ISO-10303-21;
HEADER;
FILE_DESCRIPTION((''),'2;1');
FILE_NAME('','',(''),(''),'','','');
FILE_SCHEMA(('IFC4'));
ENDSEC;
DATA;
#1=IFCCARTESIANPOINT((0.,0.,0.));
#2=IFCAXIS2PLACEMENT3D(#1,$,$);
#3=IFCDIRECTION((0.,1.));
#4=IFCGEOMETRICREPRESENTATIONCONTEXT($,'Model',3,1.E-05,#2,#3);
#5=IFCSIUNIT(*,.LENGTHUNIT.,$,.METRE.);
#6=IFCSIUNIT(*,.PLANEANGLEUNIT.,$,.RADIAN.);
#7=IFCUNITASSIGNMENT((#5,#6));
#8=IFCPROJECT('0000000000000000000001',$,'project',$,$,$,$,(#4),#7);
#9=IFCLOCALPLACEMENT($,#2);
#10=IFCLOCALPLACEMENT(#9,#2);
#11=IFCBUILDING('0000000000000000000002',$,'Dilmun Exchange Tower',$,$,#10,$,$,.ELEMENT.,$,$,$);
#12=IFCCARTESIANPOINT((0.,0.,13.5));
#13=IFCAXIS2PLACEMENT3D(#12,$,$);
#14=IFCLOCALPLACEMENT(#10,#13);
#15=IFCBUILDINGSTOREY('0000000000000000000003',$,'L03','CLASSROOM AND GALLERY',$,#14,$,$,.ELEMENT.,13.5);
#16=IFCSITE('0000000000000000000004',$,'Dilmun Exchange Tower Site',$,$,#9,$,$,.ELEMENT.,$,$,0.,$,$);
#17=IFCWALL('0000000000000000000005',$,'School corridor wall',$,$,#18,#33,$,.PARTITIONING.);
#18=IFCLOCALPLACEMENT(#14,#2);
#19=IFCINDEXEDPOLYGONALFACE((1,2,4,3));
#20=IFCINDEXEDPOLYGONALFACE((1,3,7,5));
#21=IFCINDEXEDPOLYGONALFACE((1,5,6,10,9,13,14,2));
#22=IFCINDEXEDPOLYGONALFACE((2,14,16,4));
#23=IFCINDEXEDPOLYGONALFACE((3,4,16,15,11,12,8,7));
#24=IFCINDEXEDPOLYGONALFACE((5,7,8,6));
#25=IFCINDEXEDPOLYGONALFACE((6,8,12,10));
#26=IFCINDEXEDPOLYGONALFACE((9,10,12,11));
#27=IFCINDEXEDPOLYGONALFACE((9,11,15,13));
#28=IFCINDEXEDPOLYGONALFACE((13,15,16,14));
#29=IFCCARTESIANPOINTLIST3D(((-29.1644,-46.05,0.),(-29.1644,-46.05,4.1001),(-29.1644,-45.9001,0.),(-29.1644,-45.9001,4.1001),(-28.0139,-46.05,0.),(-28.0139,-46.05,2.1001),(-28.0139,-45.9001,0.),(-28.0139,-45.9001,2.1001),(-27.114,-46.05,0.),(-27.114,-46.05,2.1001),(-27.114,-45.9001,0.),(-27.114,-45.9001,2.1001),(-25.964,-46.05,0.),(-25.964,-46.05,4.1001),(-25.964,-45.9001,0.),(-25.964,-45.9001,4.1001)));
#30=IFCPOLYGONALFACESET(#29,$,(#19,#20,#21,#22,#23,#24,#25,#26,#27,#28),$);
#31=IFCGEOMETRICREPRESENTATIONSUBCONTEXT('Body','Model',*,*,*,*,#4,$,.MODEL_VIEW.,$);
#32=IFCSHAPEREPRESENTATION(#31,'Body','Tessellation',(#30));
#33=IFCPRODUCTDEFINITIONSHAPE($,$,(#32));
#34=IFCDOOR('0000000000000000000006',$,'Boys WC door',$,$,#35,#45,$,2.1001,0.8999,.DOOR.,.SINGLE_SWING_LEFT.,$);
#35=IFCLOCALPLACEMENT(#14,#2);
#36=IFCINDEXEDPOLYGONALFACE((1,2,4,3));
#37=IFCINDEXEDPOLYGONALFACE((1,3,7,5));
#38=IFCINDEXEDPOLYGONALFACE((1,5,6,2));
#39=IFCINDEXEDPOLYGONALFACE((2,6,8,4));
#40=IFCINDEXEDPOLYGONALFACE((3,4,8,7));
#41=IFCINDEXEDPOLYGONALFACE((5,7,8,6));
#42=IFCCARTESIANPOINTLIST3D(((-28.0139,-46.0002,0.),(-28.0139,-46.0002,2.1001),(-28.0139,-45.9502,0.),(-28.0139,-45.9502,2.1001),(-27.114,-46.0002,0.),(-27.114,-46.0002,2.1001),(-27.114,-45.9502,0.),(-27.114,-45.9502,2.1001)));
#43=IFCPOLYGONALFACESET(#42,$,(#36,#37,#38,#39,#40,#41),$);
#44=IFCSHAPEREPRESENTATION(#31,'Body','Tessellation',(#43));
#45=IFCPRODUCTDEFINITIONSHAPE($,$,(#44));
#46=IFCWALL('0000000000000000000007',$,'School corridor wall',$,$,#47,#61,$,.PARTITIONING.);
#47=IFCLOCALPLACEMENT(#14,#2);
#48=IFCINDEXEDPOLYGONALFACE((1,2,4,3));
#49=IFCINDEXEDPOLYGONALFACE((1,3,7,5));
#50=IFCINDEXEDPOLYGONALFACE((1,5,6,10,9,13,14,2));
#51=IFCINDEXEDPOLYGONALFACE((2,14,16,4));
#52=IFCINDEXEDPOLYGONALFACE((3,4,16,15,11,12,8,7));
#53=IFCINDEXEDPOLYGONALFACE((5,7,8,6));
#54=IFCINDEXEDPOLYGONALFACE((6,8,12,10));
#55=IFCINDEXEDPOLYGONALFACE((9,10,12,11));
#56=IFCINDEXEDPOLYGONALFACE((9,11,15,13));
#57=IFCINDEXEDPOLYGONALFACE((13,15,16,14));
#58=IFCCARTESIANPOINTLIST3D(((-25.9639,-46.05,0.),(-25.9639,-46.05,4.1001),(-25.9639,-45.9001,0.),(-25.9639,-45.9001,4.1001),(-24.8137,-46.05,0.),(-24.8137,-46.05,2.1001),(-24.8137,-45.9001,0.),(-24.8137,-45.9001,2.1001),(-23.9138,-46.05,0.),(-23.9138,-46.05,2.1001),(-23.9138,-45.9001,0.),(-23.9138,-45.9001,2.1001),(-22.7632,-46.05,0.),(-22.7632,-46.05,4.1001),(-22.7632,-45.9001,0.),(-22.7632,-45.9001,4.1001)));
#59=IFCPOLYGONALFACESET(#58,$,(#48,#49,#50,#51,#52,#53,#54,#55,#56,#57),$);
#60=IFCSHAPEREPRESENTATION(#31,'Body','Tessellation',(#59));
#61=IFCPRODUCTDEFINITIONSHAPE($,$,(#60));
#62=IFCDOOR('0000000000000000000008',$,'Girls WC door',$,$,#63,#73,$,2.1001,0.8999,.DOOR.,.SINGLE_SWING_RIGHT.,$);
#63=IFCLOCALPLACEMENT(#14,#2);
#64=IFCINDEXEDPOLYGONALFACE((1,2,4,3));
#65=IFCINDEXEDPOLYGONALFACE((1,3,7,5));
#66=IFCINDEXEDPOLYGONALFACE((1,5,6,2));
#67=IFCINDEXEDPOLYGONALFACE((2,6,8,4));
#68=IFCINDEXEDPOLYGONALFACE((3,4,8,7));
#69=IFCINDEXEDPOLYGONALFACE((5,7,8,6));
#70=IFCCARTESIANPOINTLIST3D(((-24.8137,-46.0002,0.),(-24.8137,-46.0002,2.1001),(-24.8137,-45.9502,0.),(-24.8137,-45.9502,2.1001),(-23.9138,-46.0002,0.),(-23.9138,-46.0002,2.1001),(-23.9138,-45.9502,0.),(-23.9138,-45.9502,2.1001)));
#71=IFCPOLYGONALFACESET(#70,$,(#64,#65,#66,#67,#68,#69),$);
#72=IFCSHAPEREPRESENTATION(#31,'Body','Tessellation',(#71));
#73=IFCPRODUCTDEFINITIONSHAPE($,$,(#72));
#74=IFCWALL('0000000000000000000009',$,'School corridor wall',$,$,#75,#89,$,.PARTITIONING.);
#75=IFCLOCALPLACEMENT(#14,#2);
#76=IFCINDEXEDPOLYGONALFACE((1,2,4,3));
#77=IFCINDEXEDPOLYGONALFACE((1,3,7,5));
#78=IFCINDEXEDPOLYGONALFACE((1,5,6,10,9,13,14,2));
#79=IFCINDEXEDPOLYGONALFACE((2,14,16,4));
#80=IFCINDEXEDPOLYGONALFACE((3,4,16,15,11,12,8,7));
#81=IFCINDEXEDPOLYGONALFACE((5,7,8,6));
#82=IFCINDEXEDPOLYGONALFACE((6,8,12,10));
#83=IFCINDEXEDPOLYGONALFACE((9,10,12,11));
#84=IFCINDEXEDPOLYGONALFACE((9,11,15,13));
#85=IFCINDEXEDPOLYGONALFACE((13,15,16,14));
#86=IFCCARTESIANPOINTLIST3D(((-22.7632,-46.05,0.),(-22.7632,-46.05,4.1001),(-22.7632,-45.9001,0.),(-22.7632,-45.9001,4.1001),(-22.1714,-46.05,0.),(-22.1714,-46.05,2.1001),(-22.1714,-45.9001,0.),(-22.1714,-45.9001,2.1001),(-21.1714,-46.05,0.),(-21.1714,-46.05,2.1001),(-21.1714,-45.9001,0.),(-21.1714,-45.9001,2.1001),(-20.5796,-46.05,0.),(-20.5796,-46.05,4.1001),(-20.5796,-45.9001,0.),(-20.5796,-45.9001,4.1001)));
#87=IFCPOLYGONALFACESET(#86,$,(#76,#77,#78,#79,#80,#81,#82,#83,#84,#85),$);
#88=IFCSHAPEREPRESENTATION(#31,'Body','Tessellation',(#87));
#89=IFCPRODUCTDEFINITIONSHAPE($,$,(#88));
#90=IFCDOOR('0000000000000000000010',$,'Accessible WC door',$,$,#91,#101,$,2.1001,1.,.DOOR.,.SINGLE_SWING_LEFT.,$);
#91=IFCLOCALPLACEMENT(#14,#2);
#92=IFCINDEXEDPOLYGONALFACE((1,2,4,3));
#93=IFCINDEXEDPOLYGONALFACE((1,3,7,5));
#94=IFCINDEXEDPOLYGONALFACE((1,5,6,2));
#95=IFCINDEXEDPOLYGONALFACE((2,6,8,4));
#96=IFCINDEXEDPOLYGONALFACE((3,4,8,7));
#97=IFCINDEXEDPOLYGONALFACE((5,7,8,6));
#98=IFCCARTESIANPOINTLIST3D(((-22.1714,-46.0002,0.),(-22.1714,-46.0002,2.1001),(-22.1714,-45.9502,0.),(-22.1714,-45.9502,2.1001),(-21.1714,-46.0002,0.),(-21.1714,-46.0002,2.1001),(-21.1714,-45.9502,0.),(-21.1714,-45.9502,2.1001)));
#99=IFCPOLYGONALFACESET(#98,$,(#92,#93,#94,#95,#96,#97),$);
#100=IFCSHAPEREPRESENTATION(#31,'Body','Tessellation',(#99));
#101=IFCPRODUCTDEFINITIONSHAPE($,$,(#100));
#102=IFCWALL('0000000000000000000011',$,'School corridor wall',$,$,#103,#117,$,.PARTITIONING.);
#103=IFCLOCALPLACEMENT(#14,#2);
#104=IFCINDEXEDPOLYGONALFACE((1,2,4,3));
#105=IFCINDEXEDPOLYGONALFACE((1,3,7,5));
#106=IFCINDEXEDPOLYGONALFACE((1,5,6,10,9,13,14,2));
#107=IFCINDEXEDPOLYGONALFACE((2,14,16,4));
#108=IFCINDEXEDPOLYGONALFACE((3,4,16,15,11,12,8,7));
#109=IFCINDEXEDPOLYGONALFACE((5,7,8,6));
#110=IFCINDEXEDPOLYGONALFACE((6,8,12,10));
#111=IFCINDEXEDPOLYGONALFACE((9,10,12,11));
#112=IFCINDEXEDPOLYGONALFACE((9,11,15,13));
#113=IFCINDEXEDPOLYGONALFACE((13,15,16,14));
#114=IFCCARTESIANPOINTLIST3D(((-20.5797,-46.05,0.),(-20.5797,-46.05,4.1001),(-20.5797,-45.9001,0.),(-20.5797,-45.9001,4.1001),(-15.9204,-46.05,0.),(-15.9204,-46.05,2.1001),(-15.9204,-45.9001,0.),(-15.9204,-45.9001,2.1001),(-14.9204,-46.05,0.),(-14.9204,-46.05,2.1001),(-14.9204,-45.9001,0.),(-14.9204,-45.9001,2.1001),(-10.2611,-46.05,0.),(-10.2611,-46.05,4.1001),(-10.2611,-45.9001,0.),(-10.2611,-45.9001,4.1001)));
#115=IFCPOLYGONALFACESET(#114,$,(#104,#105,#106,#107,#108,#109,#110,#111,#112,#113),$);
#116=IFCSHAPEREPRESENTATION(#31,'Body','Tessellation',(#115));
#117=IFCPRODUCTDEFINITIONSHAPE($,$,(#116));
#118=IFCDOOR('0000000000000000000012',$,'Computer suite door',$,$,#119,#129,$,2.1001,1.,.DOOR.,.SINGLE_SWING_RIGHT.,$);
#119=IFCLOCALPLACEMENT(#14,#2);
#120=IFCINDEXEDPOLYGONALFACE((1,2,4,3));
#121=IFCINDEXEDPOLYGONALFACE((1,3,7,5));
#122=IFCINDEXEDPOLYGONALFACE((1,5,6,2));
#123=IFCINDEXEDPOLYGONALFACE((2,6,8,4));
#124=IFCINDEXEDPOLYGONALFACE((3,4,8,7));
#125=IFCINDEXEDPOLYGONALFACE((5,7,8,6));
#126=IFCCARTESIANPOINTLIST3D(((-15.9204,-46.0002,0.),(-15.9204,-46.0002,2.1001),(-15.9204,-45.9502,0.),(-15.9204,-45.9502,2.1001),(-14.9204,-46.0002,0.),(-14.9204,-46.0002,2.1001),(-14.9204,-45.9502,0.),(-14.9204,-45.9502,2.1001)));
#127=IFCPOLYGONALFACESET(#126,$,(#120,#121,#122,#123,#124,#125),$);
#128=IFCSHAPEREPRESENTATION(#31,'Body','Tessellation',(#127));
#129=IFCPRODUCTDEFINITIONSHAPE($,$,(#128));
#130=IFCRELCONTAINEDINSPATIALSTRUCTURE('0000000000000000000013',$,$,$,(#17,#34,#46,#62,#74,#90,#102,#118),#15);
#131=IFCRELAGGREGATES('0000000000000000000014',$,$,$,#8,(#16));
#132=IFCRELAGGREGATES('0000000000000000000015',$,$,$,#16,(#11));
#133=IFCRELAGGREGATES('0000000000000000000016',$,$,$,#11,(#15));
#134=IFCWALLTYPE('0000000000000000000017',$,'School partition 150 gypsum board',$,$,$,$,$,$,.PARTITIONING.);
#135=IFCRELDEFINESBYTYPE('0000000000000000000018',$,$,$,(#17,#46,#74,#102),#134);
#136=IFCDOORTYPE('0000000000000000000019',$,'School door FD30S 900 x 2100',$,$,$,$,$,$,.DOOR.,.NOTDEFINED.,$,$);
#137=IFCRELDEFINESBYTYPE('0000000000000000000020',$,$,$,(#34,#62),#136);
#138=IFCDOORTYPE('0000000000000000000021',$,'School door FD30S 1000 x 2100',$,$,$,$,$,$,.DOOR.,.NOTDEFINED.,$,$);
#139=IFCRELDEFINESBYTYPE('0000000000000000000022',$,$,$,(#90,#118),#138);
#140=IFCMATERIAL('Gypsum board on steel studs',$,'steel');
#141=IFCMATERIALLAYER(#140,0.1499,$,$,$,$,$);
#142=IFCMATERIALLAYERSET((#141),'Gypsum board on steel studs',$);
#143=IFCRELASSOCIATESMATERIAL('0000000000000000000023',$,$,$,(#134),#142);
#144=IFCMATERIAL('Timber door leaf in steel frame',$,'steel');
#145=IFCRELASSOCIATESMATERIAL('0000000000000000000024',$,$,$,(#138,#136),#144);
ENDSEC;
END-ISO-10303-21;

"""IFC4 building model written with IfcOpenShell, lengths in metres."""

from ifc_helpers import new_model, si_unit, direction, frame, frame_2d, origin, place, context, subcontext, project, spatial, rectangle, extrude, material, layer, layer_set, type_object, element, fill, save


model = new_model("IFC4")

# Units and contexts
model_context = context("Model", 3, precision=1e-05, world=origin(), true_north=direction((0.0, 1.0)))
body_context = subcontext(model_context, "Body", "Model", "MODEL_VIEW")
ifc_project = project(units=[si_unit("LENGTHUNIT", "METRE"), si_unit("PLANEANGLEUNIT", "RADIAN")], contexts=[model_context])

# Site, building, storey
site_placement = place(None, origin())
site = spatial("IfcSite", under=ifc_project, at=site_placement, Name="Dilmun Exchange Tower Site", CompositionType="ELEMENT", RefElevation=0.0)
building_placement = place(site_placement, origin())
building = spatial("IfcBuilding", under=site, at=building_placement, Name="Dilmun Exchange Tower", CompositionType="ELEMENT")
storey_placement = place(building_placement, frame((0.0, 0.0, 13.5)))
storey = spatial("IfcBuildingStorey", under=building, at=storey_placement, Name="L03", Description="CLASSROOM AND GALLERY", CompositionType="ELEMENT", Elevation=13.5)

# Shared definitions
ifc_material_1 = material(Name="Gypsum board on steel studs", Category="steel")
ifc_layer = layer(ifc_material_1, 0.1499)
ifc_layer_set = layer_set([ifc_layer], Name="Gypsum board on steel studs")
wall_type = type_object("IfcWallType", Name="School partition 150 gypsum board", PredefinedType="PARTITIONING", material=ifc_layer_set)

# Walls, openings, doors
ifc_material_2 = material(Name="Timber door leaf in steel frame", Category="steel")
door_type_1 = type_object("IfcDoorType", Name="School door FD30S 1000 x 2100", OperationType="NOTDEFINED", PredefinedType="DOOR", material=ifc_material_2)
wall_1_placement = place(storey_placement, frame((-29.1643, -45.9751, 0.0), z_axis=(0.0, 0.0, 1.0), x_axis=(1.0, 0.0, 0.0)))
wall_1 = element("IfcWall", 1, at=wall_1_placement, inside=storey, type_object=wall_type, Name="School corridor wall", PredefinedType="PARTITIONING", context=body_context, shape_type="SweptSolid", body=[
    extrude(rectangle(XDim=3.2004, YDim=0.1499, at=frame_2d((1.6001, 0.0))), origin(), (0.0, 0.0, 1.0), 4.1001),
])
opening_1_placement = place(wall_1_placement, frame((1.1504, 0.0, 0.0)))
opening_1 = element("IfcOpeningElement", 2, at=opening_1_placement, cuts=wall_1, PredefinedType="OPENING", context=body_context, shape_type="SweptSolid", body=[
    extrude(rectangle(XDim=0.8999, YDim=2.1001, at=frame_2d((0.45, 1.05))), frame((0.0, 0.085, 0.0), z_axis=(0.0, -1.0, 0.0), x_axis=(1.0, 0.0, 0.0)), (0.0, 0.0, 1.0), 0.1699),
])
door_type_2 = type_object("IfcDoorType", Name="School door FD30S 900 x 2100", OperationType="NOTDEFINED", PredefinedType="DOOR", material=ifc_material_2)
door_1_placement = place(opening_1_placement, origin())
door_1 = element("IfcDoor", 3, at=door_1_placement, inside=storey, type_object=door_type_2, Name="Boys WC door", OperationType="SINGLE_SWING_LEFT", OverallHeight=2.1001, OverallWidth=0.8999, PredefinedType="DOOR", context=body_context, shape_type="SweptSolid", body=[
    extrude(rectangle(XDim=0.8999, YDim=2.1001, at=frame_2d((0.45, 1.05))), frame((0.0, 0.0249, 0.0), z_axis=(0.0, -1.0, 0.0), x_axis=(1.0, 0.0, 0.0)), (0.0, 0.0, 1.0), 0.05),
])
fill(opening_1, door_1)
wall_2_placement = place(storey_placement, frame((-25.9639, -45.9751, 0.0), z_axis=(0.0, 0.0, 1.0), x_axis=(1.0, 0.0, 0.0)))
wall_2 = element("IfcWall", 4, at=wall_2_placement, inside=storey, type_object=wall_type, Name="School corridor wall", PredefinedType="PARTITIONING", context=body_context, shape_type="SweptSolid", body=[
    extrude(rectangle(XDim=3.2007, YDim=0.1499, at=frame_2d((1.6003, 0.0))), origin(), (0.0, 0.0, 1.0), 4.1001),
])
opening_2_placement = place(wall_2_placement, frame((1.1501, 0.0, 0.0)))
opening_2 = element("IfcOpeningElement", 5, at=opening_2_placement, cuts=wall_2, PredefinedType="OPENING", context=body_context, shape_type="SweptSolid", body=[
    extrude(rectangle(XDim=0.8999, YDim=2.1001, at=frame_2d((0.45, 1.05))), frame((0.0, 0.085, 0.0), z_axis=(0.0, -1.0, 0.0), x_axis=(1.0, 0.0, 0.0)), (0.0, 0.0, 1.0), 0.1699),
])
door_2_placement = place(opening_2_placement, origin())
door_2 = element("IfcDoor", 6, at=door_2_placement, inside=storey, type_object=door_type_2, Name="Girls WC door", OperationType="SINGLE_SWING_RIGHT", OverallHeight=2.1001, OverallWidth=0.8999, PredefinedType="DOOR", context=body_context, shape_type="SweptSolid", body=[
    extrude(rectangle(XDim=0.8999, YDim=2.1001, at=frame_2d((0.45, 1.05))), frame((0.0, 0.0249, 0.0), z_axis=(0.0, -1.0, 0.0), x_axis=(1.0, 0.0, 0.0)), (0.0, 0.0, 1.0), 0.05),
])
fill(opening_2, door_2)
wall_3_placement = place(storey_placement, frame((-22.7632, -45.9751, 0.0), z_axis=(0.0, 0.0, 1.0), x_axis=(1.0, 0.0, 0.0)))
wall_3 = element("IfcWall", 7, at=wall_3_placement, inside=storey, type_object=wall_type, Name="School corridor wall", PredefinedType="PARTITIONING", context=body_context, shape_type="SweptSolid", body=[
    extrude(rectangle(XDim=2.1836, YDim=0.1499, at=frame_2d((1.0918, 0.0))), origin(), (0.0, 0.0, 1.0), 4.1001),
])
opening_3_placement = place(wall_3_placement, frame((0.5918, 0.0, 0.0)))
opening_3 = element("IfcOpeningElement", 8, at=opening_3_placement, cuts=wall_3, PredefinedType="OPENING", context=body_context, shape_type="SweptSolid", body=[
    extrude(rectangle(XDim=1.0, YDim=2.1001, at=frame_2d((0.5, 1.05))), frame((0.0, 0.085, 0.0), z_axis=(0.0, -1.0, 0.0), x_axis=(1.0, 0.0, 0.0)), (0.0, 0.0, 1.0), 0.1699),
])
door_3_placement = place(opening_3_placement, origin())
door_3 = element("IfcDoor", 9, at=door_3_placement, inside=storey, type_object=door_type_1, Name="Accessible WC door", OperationType="SINGLE_SWING_LEFT", OverallHeight=2.1001, OverallWidth=1.0, PredefinedType="DOOR", context=body_context, shape_type="SweptSolid", body=[
    extrude(rectangle(XDim=1.0, YDim=2.1001, at=frame_2d((0.5, 1.05))), frame((0.0, 0.0249, 0.0), z_axis=(0.0, -1.0, 0.0), x_axis=(1.0, 0.0, 0.0)), (0.0, 0.0, 1.0), 0.05),
])
fill(opening_3, door_3)
wall_4_placement = place(storey_placement, frame((-20.5796, -45.9751, 0.0), z_axis=(0.0, 0.0, 1.0), x_axis=(1.0, 0.0, 0.0)))
wall_4 = element("IfcWall", 10, at=wall_4_placement, inside=storey, type_object=wall_type, Name="School corridor wall", PredefinedType="PARTITIONING", context=body_context, shape_type="SweptSolid", body=[
    extrude(rectangle(XDim=10.3186, YDim=0.1499, at=frame_2d((5.1592, 0.0))), origin(), (0.0, 0.0, 1.0), 4.1001),
])
opening_4_placement = place(wall_4_placement, frame((4.6592, 0.0, 0.0)))
opening_4 = element("IfcOpeningElement", 11, at=opening_4_placement, cuts=wall_4, PredefinedType="OPENING", context=body_context, shape_type="SweptSolid", body=[
    extrude(rectangle(XDim=1.0, YDim=2.1001, at=frame_2d((0.5, 1.05))), frame((0.0, 0.085, 0.0), z_axis=(0.0, -1.0, 0.0), x_axis=(1.0, 0.0, 0.0)), (0.0, 0.0, 1.0), 0.1699),
])
door_4_placement = place(opening_4_placement, origin())
door_4 = element("IfcDoor", 12, at=door_4_placement, inside=storey, type_object=door_type_1, Name="Computer suite door", OperationType="SINGLE_SWING_RIGHT", OverallHeight=2.1001, OverallWidth=1.0, PredefinedType="DOOR", context=body_context, shape_type="SweptSolid", body=[
    extrude(rectangle(XDim=1.0, YDim=2.1001, at=frame_2d((0.5, 1.05))), frame((0.0, 0.0249, 0.0), z_axis=(0.0, -1.0, 0.0), x_axis=(1.0, 0.0, 0.0)), (0.0, 0.0, 1.0), 0.05),
])
fill(opening_4, door_4)

save(model, "model.ifc")
